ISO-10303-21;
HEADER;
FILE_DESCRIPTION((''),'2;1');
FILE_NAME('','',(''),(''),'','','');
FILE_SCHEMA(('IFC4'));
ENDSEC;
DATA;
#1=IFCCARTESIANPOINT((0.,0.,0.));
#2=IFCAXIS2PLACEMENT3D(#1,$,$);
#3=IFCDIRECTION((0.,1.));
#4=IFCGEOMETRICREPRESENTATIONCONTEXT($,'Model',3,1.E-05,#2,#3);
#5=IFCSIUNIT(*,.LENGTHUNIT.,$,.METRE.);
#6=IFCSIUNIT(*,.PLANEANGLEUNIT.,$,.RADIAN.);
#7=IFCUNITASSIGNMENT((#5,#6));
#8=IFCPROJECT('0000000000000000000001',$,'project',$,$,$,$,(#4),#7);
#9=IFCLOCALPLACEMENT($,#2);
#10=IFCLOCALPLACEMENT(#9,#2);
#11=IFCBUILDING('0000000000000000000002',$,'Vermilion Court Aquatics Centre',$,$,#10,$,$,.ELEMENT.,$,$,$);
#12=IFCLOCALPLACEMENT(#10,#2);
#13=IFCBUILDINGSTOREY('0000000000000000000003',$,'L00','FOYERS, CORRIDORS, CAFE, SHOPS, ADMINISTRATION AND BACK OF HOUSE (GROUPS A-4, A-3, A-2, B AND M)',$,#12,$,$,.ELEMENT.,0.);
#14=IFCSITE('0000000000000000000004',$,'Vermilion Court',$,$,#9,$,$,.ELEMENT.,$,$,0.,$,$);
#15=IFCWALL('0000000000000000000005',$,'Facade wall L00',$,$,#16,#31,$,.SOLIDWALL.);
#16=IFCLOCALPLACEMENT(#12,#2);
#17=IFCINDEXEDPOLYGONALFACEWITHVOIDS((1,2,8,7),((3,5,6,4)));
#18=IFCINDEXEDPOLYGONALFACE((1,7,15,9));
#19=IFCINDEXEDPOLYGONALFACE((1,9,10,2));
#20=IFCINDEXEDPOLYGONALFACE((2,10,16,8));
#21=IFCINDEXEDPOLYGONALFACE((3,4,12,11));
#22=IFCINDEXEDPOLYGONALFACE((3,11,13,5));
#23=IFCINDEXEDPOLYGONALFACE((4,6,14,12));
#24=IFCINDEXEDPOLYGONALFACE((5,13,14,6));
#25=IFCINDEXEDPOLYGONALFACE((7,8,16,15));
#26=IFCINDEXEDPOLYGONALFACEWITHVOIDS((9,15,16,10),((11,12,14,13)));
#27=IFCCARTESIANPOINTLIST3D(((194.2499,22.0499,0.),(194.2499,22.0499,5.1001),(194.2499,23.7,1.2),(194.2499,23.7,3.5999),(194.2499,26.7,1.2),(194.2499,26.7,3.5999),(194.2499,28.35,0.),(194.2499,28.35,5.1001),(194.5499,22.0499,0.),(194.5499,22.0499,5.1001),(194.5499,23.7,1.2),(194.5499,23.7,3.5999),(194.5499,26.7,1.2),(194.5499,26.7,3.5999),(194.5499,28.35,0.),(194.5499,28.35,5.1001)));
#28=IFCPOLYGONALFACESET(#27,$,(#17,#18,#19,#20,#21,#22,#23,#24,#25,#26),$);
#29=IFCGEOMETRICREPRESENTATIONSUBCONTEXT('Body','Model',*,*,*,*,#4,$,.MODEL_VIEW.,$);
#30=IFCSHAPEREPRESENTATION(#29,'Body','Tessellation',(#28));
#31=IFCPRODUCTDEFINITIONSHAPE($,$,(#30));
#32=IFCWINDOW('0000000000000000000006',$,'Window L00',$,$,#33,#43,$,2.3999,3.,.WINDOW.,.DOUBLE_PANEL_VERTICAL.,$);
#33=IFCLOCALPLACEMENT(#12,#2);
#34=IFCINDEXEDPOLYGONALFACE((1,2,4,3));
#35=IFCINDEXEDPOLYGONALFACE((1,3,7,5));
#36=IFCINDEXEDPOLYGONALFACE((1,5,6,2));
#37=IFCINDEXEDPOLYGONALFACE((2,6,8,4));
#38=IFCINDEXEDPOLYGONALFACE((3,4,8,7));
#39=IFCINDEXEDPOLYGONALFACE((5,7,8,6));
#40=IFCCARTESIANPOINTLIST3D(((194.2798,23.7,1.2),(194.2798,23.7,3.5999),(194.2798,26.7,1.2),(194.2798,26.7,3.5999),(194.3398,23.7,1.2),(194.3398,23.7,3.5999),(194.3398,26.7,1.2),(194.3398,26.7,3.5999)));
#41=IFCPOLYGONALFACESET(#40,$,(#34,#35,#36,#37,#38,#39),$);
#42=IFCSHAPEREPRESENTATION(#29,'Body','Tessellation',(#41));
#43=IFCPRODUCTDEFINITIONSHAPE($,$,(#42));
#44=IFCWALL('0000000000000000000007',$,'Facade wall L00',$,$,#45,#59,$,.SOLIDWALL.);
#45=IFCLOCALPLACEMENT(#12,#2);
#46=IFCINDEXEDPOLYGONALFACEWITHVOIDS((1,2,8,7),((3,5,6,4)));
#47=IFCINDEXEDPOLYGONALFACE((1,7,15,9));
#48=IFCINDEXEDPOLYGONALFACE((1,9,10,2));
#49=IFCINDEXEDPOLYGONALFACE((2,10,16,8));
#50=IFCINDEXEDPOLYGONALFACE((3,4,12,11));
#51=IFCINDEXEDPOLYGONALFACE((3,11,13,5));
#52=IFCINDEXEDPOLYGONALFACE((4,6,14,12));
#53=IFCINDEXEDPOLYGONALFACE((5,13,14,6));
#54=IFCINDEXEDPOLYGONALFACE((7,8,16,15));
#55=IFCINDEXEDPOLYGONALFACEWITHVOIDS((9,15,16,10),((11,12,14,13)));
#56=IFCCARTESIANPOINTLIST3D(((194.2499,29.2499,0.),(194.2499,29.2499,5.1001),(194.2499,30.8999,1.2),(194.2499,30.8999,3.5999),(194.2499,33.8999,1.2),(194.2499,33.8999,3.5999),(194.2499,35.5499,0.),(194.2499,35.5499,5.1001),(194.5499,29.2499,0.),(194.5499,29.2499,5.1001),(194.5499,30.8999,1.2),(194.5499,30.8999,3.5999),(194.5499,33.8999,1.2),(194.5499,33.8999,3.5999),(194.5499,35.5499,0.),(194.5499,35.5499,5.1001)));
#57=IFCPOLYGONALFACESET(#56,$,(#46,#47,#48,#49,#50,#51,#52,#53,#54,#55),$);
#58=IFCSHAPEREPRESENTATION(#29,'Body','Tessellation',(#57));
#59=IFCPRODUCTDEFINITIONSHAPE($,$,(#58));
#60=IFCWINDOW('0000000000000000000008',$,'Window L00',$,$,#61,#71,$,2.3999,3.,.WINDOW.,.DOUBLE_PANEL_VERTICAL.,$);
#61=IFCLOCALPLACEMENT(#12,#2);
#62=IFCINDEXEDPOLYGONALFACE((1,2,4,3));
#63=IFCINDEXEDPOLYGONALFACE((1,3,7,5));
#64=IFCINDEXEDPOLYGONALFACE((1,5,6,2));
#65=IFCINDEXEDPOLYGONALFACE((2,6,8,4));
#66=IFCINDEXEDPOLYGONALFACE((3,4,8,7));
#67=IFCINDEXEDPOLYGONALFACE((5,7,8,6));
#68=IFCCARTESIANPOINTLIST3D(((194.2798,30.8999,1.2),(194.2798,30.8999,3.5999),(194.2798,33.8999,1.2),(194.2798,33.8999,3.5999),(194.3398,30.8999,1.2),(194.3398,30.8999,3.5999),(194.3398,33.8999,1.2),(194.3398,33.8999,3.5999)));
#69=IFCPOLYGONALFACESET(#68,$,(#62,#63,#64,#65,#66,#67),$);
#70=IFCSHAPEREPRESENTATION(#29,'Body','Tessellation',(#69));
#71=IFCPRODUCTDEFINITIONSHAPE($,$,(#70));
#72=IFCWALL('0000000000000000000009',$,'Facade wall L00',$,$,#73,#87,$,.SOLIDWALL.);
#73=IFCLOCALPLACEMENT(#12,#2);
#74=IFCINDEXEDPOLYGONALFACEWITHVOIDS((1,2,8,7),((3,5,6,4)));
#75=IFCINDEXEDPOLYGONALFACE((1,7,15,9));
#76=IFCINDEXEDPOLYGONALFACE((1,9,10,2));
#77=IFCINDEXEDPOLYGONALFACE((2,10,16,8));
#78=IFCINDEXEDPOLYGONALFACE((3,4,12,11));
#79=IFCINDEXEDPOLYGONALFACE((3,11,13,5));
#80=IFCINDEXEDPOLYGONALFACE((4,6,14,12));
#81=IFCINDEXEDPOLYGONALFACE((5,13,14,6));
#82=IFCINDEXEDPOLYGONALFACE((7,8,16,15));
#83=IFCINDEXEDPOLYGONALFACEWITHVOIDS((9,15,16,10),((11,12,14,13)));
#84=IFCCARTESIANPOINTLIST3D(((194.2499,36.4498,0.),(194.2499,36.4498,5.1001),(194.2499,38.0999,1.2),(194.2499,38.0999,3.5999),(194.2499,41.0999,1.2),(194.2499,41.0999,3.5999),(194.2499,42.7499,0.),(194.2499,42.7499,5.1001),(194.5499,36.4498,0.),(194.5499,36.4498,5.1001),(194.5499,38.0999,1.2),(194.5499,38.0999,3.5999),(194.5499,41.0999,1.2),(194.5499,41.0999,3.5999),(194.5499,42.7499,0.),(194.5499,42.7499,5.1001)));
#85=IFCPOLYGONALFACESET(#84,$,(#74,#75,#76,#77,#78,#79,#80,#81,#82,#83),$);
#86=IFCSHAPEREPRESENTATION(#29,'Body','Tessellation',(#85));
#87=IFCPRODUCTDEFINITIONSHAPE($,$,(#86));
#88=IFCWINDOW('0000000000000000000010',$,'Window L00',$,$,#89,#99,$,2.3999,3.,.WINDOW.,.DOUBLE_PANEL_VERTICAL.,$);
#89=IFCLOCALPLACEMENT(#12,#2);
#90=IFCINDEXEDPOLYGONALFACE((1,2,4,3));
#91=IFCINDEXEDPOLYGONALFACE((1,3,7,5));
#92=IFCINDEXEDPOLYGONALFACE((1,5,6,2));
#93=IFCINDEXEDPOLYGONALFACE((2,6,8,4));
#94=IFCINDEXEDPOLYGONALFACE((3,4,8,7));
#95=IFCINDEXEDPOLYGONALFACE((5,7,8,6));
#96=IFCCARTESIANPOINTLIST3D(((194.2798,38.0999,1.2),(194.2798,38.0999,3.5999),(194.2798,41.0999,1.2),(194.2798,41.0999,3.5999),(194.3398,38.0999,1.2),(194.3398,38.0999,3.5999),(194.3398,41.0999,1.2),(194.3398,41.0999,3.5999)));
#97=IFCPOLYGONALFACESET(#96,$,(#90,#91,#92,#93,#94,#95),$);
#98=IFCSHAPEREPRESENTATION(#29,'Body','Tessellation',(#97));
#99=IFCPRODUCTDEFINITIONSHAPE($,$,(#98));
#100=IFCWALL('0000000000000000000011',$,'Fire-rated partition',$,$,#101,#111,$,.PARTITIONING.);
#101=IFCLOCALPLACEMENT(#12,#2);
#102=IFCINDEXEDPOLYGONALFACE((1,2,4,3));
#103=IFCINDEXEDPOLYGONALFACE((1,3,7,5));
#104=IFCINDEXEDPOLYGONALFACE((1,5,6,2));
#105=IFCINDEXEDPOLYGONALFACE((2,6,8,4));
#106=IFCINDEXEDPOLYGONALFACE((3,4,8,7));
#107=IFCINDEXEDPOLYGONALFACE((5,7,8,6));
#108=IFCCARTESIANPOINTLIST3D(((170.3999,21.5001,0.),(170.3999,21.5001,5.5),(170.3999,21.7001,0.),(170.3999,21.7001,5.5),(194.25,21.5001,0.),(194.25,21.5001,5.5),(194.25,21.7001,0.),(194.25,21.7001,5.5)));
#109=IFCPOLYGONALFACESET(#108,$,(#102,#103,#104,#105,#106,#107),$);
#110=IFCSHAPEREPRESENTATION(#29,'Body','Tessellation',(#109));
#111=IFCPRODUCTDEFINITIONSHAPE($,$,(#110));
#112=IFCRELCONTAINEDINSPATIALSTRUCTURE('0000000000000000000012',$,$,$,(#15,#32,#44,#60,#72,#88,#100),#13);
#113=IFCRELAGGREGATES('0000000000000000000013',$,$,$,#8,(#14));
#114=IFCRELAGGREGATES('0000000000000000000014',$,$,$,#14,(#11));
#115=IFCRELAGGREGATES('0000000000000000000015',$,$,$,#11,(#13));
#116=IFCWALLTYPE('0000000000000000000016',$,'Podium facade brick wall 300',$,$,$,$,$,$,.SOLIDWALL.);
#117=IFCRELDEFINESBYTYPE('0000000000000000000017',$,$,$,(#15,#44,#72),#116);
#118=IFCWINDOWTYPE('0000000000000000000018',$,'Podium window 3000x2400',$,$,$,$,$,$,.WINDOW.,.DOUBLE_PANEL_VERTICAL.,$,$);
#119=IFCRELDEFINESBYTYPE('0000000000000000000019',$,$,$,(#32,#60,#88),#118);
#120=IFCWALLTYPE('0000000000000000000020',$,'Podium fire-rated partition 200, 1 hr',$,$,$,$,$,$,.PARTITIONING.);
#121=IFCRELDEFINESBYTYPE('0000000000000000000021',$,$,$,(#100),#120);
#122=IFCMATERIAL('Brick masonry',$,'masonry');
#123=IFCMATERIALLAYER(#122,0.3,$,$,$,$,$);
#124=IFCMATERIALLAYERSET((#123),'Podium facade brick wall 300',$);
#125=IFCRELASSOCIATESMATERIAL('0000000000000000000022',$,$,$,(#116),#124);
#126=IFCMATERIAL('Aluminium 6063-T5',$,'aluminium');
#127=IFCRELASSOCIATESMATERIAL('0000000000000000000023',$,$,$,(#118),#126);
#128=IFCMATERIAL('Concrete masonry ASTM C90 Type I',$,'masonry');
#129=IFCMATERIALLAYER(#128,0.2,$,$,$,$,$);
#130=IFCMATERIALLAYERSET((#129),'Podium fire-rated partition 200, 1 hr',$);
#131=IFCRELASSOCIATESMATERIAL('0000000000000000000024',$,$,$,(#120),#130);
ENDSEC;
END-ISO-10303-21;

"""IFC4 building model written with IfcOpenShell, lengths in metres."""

from ifc_helpers import new_model, si_unit, direction, frame, frame_2d, origin, place, context, subcontext, project, spatial, rectangle, extrude, material, layer, layer_set, type_object, element, fill, save


model = new_model("IFC4")

# Units and contexts
model_context = context("Model", 3, precision=1e-05, world=origin(), true_north=direction((0.0, 1.0)))
body_context = subcontext(model_context, "Body", "Model", "MODEL_VIEW")
ifc_project = project(units=[si_unit("LENGTHUNIT", "METRE"), si_unit("PLANEANGLEUNIT", "RADIAN")], contexts=[model_context])

# Site, building, storey
site_placement = place(None, origin())
site = spatial("IfcSite", under=ifc_project, at=site_placement, Name="Vermilion Court", CompositionType="ELEMENT", RefElevation=0.0)
building_placement = place(site_placement, origin())
building = spatial("IfcBuilding", under=site, at=building_placement, Name="Vermilion Court Aquatics Centre", CompositionType="ELEMENT")
storey_placement = place(building_placement, origin())
storey = spatial("IfcBuildingStorey", under=building, at=storey_placement, Name="L00", Description="FOYERS, CORRIDORS, CAFE, SHOPS, ADMINISTRATION AND BACK OF HOUSE (GROUPS A-4, A-3, A-2, B AND M)", CompositionType="ELEMENT", Elevation=0.0)

# Walls, openings, windows
ifc_material_1 = material(Name="Brick masonry", Category="masonry")
ifc_layer_1 = layer(ifc_material_1, 0.3)
ifc_layer_set_1 = layer_set([ifc_layer_1], Name="Podium facade brick wall 300")
wall_type_1 = type_object("IfcWallType", Name="Podium facade brick wall 300", PredefinedType="SOLIDWALL", material=ifc_layer_set_1)
wall_1_placement = place(storey_placement, frame((194.3999, 22.05, 0.0), z_axis=(0.0, 0.0, 1.0), x_axis=(0.0, 1.0, 0.0)))
wall_1 = element("IfcWall", 1, at=wall_1_placement, inside=storey, type_object=wall_type_1, Name="Facade wall L00", PredefinedType="SOLIDWALL", context=body_context, shape_type="SweptSolid", body=[
    extrude(rectangle(XDim=6.3, YDim=0.3, at=frame_2d((3.1499, 0.0))), origin(), (0.0, 0.0, 1.0), 5.1001),
])
opening_1_placement = place(wall_1_placement, frame((1.6499, 0.0, 1.2)))
opening_1 = element("IfcOpeningElement", 2, at=opening_1_placement, cuts=wall_1, PredefinedType="OPENING", context=body_context, shape_type="SweptSolid", body=[
    extrude(rectangle(XDim=3.0, YDim=2.3999, at=frame_2d((1.5, 1.2))), frame((0.0, 0.1599, 0.0), z_axis=(0.0, -1.0, 0.0), x_axis=(1.0, 0.0, 0.0)), (0.0, 0.0, 1.0), 0.3201),
])
ifc_material_2 = material(Name="Aluminium 6063-T5", Category="aluminium")
window_type = type_object("IfcWindowType", Name="Podium window 3000x2400", PartitioningType="DOUBLE_PANEL_VERTICAL", PredefinedType="WINDOW", material=ifc_material_2)
window_1_placement = place(opening_1_placement, origin())
window_1 = element("IfcWindow", 3, at=window_1_placement, inside=storey, type_object=window_type, Name="Window L00", OverallHeight=2.3999, OverallWidth=3.0, PartitioningType="DOUBLE_PANEL_VERTICAL", PredefinedType="WINDOW", context=body_context, shape_type="SweptSolid", body=[
    extrude(rectangle(XDim=3.0, YDim=2.3999, at=frame_2d((1.5, 1.2))), frame((0.0, 0.1201, 0.0), z_axis=(0.0, -1.0, 0.0), x_axis=(1.0, 0.0, 0.0)), (0.0, 0.0, 1.0), 0.0601),
])
fill(opening_1, window_1)
wall_2_placement = place(storey_placement, frame((194.3999, 29.25, 0.0), z_axis=(0.0, 0.0, 1.0), x_axis=(0.0, 1.0, 0.0)))
wall_2 = element("IfcWall", 4, at=wall_2_placement, inside=storey, type_object=wall_type_1, Name="Facade wall L00", PredefinedType="SOLIDWALL", context=body_context, shape_type="SweptSolid", body=[
    extrude(rectangle(XDim=6.3, YDim=0.3, at=frame_2d((3.1499, 0.0))), origin(), (0.0, 0.0, 1.0), 5.1001),
])
opening_2_placement = place(wall_2_placement, frame((1.6499, 0.0, 1.2)))
opening_2 = element("IfcOpeningElement", 5, at=opening_2_placement, cuts=wall_2, PredefinedType="OPENING", context=body_context, shape_type="SweptSolid", body=[
    extrude(rectangle(XDim=3.0, YDim=2.3999, at=frame_2d((1.5, 1.2))), frame((0.0, 0.1599, 0.0), z_axis=(0.0, -1.0, 0.0), x_axis=(1.0, 0.0, 0.0)), (0.0, 0.0, 1.0), 0.3201),
])
window_2_placement = place(opening_2_placement, origin())
window_2 = element("IfcWindow", 6, at=window_2_placement, inside=storey, type_object=window_type, Name="Window L00", OverallHeight=2.3999, OverallWidth=3.0, PartitioningType="DOUBLE_PANEL_VERTICAL", PredefinedType="WINDOW", context=body_context, shape_type="SweptSolid", body=[
    extrude(rectangle(XDim=3.0, YDim=2.3999, at=frame_2d((1.5, 1.2))), frame((0.0, 0.1201, 0.0), z_axis=(0.0, -1.0, 0.0), x_axis=(1.0, 0.0, 0.0)), (0.0, 0.0, 1.0), 0.0601),
])
fill(opening_2, window_2)
wall_3_placement = place(storey_placement, frame((194.3999, 36.45, 0.0), z_axis=(0.0, 0.0, 1.0), x_axis=(0.0, 1.0, 0.0)))
wall_3 = element("IfcWall", 7, at=wall_3_placement, inside=storey, type_object=wall_type_1, Name="Facade wall L00", PredefinedType="SOLIDWALL", context=body_context, shape_type="SweptSolid", body=[
    extrude(rectangle(XDim=6.3, YDim=0.3, at=frame_2d((3.1499, 0.0))), origin(), (0.0, 0.0, 1.0), 5.1001),
])
opening_3_placement = place(wall_3_placement, frame((1.6499, 0.0, 1.2)))
opening_3 = element("IfcOpeningElement", 8, at=opening_3_placement, cuts=wall_3, PredefinedType="OPENING", context=body_context, shape_type="SweptSolid", body=[
    extrude(rectangle(XDim=3.0, YDim=2.3999, at=frame_2d((1.5, 1.2))), frame((0.0, 0.1599, 0.0), z_axis=(0.0, -1.0, 0.0), x_axis=(1.0, 0.0, 0.0)), (0.0, 0.0, 1.0), 0.3201),
])
window_3_placement = place(opening_3_placement, origin())
window_3 = element("IfcWindow", 9, at=window_3_placement, inside=storey, type_object=window_type, Name="Window L00", OverallHeight=2.3999, OverallWidth=3.0, PartitioningType="DOUBLE_PANEL_VERTICAL", PredefinedType="WINDOW", context=body_context, shape_type="SweptSolid", body=[
    extrude(rectangle(XDim=3.0, YDim=2.3999, at=frame_2d((1.5, 1.2))), frame((0.0, 0.1201, 0.0), z_axis=(0.0, -1.0, 0.0), x_axis=(1.0, 0.0, 0.0)), (0.0, 0.0, 1.0), 0.0601),
])
fill(opening_3, window_3)

# Wall
ifc_material_3 = material(Name="Concrete masonry ASTM C90 Type I", Category="masonry")
ifc_layer_2 = layer(ifc_material_3, 0.2)
ifc_layer_set_2 = layer_set([ifc_layer_2], Name="Podium fire-rated partition 200, 1 hr")
wall_type_2 = type_object("IfcWallType", Name="Podium fire-rated partition 200, 1 hr", PredefinedType="PARTITIONING", material=ifc_layer_set_2)
wall_4_placement = place(storey_placement, frame((170.3999, 21.6001, 0.0), z_axis=(0.0, 0.0, 1.0), x_axis=(1.0, 0.0, 0.0)))
element("IfcWall", 10, at=wall_4_placement, inside=storey, type_object=wall_type_2, Name="Fire-rated partition", PredefinedType="PARTITIONING", context=body_context, shape_type="SweptSolid", body=[
    extrude(rectangle(XDim=23.8501, YDim=0.2, at=frame_2d((11.925, 0.0))), origin(), (0.0, 0.0, 1.0), 5.5),
])

save(model, "model.ifc")
